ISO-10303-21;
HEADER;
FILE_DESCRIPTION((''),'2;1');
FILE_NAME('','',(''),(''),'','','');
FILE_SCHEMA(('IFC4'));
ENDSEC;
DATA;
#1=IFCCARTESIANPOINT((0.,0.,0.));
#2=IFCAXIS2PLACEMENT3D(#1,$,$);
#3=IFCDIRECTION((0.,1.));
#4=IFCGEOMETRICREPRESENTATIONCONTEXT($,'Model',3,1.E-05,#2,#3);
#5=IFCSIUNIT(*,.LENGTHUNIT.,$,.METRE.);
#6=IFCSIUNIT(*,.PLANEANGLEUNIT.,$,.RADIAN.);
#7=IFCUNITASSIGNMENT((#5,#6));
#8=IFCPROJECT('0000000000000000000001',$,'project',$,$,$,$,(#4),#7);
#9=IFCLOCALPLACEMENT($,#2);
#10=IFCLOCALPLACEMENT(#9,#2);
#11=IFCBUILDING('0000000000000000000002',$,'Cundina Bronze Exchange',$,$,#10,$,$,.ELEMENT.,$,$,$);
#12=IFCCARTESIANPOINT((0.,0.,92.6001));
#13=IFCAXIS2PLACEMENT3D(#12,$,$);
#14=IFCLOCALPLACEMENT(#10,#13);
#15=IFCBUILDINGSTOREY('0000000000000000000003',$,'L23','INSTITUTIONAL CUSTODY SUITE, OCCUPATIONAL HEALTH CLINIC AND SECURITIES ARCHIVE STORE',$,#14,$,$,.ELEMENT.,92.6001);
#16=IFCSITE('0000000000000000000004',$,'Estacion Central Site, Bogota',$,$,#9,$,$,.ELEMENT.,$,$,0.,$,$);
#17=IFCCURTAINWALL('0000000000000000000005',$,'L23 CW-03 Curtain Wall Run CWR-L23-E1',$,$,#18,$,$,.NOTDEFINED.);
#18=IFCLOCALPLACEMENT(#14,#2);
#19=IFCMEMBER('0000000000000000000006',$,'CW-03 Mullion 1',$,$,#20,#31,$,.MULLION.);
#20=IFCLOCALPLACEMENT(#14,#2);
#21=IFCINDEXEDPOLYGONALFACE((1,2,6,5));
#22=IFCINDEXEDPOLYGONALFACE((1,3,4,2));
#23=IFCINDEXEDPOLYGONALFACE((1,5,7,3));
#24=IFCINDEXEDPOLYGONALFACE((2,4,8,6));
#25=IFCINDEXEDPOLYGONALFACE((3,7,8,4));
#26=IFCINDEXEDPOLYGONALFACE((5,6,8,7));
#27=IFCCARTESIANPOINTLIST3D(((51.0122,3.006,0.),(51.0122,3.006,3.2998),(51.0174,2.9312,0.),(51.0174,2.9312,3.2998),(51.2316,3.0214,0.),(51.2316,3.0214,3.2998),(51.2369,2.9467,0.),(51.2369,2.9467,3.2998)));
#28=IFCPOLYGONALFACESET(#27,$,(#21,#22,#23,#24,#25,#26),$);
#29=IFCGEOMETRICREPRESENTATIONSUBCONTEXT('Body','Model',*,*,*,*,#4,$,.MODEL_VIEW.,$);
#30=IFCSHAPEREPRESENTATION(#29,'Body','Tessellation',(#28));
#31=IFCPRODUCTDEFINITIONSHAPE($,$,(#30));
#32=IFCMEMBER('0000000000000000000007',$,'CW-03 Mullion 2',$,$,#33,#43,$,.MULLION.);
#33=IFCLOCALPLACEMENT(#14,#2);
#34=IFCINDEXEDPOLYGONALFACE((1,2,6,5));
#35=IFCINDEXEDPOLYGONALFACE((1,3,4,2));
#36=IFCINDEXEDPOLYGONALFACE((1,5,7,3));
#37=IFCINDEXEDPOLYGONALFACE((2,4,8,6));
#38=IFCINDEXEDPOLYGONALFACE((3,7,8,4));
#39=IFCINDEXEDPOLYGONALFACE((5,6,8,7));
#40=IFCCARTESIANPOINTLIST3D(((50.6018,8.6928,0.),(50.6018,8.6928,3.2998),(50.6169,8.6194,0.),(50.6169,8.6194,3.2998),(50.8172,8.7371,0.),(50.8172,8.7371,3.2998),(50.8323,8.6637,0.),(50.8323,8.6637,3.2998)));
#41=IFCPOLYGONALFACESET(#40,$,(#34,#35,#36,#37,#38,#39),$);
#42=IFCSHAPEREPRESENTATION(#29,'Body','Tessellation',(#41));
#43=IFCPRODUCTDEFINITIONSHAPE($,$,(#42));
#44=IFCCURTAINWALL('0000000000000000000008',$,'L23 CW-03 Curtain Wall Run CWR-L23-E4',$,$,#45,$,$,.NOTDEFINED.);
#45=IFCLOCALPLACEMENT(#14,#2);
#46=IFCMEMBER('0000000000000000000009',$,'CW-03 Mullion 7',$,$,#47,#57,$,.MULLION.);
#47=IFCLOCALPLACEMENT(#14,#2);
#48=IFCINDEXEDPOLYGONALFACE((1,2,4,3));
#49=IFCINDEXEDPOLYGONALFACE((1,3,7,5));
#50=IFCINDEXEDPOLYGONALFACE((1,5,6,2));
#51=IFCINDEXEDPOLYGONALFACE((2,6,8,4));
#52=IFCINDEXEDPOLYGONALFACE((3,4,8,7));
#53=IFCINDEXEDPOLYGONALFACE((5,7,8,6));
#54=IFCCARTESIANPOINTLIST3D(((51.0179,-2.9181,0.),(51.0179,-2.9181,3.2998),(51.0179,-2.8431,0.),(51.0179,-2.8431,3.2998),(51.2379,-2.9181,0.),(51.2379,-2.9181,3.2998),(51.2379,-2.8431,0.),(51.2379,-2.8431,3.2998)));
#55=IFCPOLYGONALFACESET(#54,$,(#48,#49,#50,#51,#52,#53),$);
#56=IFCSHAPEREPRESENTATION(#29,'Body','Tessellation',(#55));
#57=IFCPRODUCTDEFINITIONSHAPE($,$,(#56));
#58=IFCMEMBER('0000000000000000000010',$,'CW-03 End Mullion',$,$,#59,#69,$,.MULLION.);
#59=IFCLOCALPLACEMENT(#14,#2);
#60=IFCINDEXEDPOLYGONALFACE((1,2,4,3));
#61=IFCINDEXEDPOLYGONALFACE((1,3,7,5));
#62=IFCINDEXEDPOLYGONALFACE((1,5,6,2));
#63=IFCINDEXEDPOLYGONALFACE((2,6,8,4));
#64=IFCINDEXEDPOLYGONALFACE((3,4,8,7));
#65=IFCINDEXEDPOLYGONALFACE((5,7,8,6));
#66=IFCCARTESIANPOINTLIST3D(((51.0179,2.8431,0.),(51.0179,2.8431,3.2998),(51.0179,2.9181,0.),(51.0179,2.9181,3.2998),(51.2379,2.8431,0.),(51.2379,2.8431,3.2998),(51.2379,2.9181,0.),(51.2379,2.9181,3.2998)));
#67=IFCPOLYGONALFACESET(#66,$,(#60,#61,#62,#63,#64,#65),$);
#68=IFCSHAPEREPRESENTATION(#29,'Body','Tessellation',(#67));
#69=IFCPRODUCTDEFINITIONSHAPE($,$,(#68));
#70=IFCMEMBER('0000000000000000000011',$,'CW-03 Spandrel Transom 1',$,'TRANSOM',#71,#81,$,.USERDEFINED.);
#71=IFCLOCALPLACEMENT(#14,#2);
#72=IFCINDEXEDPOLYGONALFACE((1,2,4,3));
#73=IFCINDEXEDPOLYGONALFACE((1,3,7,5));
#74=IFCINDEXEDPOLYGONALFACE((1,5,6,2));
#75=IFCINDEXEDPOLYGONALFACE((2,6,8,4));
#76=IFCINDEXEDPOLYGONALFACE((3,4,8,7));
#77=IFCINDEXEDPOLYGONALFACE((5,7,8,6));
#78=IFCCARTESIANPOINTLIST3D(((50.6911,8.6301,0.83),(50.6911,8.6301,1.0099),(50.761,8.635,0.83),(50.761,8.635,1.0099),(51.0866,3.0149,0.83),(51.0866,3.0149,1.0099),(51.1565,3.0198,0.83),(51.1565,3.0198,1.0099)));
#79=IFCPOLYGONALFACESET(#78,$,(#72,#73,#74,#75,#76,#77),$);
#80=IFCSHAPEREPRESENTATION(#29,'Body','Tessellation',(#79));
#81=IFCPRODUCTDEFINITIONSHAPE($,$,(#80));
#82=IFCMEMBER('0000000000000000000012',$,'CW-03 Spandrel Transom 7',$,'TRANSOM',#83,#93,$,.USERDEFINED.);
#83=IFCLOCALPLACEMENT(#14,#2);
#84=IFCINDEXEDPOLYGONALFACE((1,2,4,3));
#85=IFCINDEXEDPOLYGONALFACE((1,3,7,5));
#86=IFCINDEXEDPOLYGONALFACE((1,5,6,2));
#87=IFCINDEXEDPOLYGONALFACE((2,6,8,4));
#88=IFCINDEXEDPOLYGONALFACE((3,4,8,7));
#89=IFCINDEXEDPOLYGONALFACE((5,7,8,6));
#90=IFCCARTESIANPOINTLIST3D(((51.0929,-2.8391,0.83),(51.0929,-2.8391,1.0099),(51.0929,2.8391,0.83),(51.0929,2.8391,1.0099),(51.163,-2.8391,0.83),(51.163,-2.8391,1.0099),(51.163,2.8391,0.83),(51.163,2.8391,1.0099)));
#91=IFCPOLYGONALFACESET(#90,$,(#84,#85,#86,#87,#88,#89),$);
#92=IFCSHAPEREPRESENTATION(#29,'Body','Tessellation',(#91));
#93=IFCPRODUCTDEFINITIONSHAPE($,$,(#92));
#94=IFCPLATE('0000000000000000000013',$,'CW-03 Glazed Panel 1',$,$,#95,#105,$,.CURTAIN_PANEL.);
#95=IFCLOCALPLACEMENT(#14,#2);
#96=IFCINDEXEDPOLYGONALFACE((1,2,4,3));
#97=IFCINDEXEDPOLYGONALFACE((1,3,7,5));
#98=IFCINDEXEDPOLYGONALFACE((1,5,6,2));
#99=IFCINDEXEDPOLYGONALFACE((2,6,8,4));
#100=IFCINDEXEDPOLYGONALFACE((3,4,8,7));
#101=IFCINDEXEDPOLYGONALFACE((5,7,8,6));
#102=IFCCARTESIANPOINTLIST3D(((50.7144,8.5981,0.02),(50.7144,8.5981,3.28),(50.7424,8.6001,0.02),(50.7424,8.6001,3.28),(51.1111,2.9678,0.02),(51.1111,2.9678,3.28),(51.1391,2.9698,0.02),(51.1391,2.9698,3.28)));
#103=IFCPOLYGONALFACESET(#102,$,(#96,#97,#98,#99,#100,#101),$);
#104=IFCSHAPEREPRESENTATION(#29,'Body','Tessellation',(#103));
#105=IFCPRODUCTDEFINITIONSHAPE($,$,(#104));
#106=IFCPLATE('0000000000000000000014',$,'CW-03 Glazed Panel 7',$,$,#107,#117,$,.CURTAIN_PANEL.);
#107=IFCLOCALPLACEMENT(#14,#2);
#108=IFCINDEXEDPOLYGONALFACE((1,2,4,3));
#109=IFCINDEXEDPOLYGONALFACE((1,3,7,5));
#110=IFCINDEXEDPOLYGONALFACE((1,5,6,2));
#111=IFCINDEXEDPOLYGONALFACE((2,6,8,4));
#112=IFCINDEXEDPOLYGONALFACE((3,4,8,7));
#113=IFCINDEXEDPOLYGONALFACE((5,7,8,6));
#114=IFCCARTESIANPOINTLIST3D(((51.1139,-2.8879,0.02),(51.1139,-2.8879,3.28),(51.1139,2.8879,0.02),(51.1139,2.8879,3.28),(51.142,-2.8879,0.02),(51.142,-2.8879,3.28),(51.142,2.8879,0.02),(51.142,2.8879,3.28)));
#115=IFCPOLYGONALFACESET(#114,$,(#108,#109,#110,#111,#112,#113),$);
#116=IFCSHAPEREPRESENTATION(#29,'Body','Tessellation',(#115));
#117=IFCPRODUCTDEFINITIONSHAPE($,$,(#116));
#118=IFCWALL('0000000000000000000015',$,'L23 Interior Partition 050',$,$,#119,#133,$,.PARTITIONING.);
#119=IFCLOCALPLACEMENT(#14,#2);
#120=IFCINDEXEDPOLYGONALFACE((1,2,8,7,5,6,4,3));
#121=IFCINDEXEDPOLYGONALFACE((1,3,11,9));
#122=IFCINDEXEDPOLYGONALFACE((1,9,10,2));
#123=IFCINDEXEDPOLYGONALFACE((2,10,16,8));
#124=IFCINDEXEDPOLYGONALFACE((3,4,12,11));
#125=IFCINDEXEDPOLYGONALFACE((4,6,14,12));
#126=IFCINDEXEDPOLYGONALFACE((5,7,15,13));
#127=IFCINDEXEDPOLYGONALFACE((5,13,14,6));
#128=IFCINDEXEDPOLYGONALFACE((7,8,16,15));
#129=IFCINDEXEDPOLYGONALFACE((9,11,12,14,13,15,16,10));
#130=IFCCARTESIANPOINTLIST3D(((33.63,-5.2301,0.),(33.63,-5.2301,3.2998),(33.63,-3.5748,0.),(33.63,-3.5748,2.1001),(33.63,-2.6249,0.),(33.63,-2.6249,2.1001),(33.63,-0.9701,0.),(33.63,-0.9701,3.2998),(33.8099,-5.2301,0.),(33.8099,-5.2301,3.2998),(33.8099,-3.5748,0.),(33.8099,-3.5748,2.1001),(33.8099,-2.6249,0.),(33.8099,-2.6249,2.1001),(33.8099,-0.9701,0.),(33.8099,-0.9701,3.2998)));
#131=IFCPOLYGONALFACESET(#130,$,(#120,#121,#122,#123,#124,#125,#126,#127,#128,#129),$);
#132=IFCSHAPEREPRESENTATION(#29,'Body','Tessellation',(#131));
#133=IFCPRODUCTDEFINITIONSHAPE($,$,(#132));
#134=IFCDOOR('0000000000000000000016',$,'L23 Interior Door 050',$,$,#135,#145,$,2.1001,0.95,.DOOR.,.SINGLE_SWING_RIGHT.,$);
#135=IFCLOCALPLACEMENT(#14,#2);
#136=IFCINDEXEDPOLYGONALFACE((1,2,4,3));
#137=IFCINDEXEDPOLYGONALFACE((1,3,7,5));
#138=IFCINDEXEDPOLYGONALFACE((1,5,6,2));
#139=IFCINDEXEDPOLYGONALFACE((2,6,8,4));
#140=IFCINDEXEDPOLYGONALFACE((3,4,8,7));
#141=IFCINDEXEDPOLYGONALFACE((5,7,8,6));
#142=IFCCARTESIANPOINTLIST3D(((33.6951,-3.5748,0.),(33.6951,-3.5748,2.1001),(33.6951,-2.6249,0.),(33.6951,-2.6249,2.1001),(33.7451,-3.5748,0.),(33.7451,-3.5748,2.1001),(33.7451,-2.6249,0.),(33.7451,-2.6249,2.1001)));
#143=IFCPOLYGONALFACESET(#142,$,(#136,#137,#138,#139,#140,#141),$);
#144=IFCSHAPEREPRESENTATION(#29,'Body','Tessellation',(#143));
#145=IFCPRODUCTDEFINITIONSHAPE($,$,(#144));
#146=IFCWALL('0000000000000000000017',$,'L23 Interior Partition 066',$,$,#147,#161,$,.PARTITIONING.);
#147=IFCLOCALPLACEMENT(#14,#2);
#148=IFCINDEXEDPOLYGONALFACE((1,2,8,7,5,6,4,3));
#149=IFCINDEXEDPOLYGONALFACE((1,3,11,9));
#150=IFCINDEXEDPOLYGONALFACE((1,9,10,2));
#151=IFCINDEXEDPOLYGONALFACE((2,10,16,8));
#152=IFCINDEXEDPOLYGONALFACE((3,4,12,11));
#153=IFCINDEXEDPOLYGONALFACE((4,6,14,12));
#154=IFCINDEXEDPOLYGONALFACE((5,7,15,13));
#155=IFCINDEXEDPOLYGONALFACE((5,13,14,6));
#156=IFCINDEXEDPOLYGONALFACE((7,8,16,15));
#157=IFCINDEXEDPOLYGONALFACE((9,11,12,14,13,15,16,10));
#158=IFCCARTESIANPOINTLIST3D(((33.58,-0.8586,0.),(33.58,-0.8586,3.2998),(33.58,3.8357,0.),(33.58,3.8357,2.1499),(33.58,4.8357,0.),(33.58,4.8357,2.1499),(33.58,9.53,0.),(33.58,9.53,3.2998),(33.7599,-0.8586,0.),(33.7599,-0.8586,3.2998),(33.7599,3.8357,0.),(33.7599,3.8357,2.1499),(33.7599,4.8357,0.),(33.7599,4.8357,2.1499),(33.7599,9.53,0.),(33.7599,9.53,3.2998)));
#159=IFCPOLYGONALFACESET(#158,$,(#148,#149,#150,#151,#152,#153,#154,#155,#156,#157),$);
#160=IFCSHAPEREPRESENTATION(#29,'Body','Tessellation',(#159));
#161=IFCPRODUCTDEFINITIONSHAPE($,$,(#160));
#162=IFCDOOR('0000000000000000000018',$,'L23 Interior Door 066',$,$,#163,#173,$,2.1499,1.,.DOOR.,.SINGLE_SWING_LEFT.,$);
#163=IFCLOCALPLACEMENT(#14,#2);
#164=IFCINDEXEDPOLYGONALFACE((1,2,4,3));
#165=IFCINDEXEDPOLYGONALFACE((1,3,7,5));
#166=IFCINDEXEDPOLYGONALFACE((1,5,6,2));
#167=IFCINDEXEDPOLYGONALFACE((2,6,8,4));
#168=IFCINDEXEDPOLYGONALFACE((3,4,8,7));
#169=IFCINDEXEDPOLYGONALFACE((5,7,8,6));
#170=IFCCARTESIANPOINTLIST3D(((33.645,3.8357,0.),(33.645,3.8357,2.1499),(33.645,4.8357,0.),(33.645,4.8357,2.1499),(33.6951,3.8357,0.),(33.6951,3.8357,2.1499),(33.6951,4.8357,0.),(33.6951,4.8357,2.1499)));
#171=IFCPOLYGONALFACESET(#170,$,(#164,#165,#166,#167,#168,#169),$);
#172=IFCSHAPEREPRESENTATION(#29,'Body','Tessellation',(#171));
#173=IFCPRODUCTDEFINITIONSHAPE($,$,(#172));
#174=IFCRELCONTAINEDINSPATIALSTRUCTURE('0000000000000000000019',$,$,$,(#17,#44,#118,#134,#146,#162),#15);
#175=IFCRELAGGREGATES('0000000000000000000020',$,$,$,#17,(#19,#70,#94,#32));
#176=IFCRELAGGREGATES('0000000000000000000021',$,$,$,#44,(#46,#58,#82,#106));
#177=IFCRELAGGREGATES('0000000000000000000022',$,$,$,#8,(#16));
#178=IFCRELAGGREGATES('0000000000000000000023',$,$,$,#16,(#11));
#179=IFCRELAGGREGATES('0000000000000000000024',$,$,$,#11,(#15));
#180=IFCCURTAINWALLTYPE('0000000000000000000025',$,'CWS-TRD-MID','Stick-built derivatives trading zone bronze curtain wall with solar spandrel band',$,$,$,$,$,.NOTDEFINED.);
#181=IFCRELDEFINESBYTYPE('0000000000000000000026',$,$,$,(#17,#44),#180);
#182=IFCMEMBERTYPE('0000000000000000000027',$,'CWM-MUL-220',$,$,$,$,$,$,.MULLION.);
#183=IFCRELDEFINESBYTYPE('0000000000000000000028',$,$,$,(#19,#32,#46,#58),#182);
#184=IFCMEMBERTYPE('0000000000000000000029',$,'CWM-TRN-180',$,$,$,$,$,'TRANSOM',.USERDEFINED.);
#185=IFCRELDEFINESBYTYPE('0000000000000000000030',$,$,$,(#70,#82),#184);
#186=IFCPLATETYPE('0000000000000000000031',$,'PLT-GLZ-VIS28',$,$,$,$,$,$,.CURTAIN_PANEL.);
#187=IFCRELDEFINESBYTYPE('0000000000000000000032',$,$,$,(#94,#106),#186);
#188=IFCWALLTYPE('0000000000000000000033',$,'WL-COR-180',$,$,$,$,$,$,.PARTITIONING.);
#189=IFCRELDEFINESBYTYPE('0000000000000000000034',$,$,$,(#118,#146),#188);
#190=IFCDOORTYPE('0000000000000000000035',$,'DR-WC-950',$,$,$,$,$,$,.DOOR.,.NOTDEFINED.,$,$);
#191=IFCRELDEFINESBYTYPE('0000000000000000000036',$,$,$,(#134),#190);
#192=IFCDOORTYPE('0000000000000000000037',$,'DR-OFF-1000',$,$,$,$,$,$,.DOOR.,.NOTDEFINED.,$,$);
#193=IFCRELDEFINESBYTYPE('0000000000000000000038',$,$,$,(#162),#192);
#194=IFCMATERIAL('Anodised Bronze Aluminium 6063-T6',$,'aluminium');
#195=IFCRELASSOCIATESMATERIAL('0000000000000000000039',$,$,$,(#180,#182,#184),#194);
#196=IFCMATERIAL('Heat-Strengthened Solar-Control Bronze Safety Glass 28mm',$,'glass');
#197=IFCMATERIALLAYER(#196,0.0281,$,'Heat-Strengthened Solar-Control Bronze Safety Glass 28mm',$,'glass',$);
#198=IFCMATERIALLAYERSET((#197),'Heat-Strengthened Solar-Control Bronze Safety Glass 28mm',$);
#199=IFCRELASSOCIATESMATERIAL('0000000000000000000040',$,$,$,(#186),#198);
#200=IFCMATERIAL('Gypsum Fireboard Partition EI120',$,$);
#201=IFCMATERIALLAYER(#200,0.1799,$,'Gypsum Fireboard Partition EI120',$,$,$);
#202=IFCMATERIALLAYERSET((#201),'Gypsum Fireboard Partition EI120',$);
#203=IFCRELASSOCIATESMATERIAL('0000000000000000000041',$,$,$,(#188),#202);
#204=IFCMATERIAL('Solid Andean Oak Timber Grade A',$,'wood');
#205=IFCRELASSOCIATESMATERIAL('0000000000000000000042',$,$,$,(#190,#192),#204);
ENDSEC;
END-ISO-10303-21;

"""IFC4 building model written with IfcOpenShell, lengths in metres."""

from ifc_helpers import new_model, si_unit, direction, frame, frame_2d, origin, origin_2d, place, context, subcontext, project, spatial, rectangle, extrude, material, layer, layer_set, material_profile, profile_set, type_object, element, fill, aggregate, save


model = new_model("IFC4")

# Units and contexts
model_context = context("Model", 3, precision=1e-05, world=origin(), true_north=direction((0.0, 1.0)))
body_context = subcontext(model_context, "Body", "Model", "MODEL_VIEW")
ifc_project = project(units=[si_unit("LENGTHUNIT", "METRE"), si_unit("PLANEANGLEUNIT", "RADIAN")], contexts=[model_context])

# Site, building, storey
site_placement = place(None, origin())
site = spatial("IfcSite", under=ifc_project, at=site_placement, Name="Estacion Central Site, Bogota", CompositionType="ELEMENT", RefElevation=0.0)
building_placement = place(site_placement, origin())
building = spatial("IfcBuilding", under=site, at=building_placement, Name="Cundina Bronze Exchange", CompositionType="ELEMENT")
storey_placement = place(building_placement, frame((0.0, 0.0, 92.6001)))
storey = spatial("IfcBuildingStorey", under=building, at=storey_placement, Name="L23", Description="INSTITUTIONAL CUSTODY SUITE, OCCUPATIONAL HEALTH CLINIC AND SECURITIES ARCHIVE STORE", CompositionType="ELEMENT", Elevation=92.6001)

# Curtain walls, members
ifc_material_1 = material(Name="Anodised Bronze Aluminium 6063-T6", Category="aluminium")
curtain_wall_type = type_object("IfcCurtainWallType", Name="CWS-TRD-MID", Description="Stick-built derivatives trading zone bronze curtain wall with solar spandrel band", PredefinedType="NOTDEFINED", material=ifc_material_1)
curtain_wall_1_placement = place(storey_placement, origin())
curtain_wall_1 = element("IfcCurtainWall", 1, at=curtain_wall_1_placement, inside=storey, type_object=curtain_wall_type, Name="L23 CW-03 Curtain Wall Run CWR-L23-E1", PredefinedType="NOTDEFINED")
ifc_material_profile_1 = material_profile(ifc_material_1, rectangle(XDim=0.075, YDim=0.22, at=origin_2d()), Name="AL75X220", Category="aluminium")
ifc_profile_set_1 = profile_set([ifc_material_profile_1], Name="Anodised Bronze Aluminium 6063-T6")
member_type_1 = type_object("IfcMemberType", Name="CWM-MUL-220", PredefinedType="MULLION", material=ifc_profile_set_1)
member_1_placement = place(storey_placement, frame((51.1245, 2.9763, 0.0), z_axis=(0.0, 0.0, 1.0), x_axis=(-0.070279, 0.997527, 0.0)))
member_1 = element("IfcMember", 2, at=member_1_placement, type_object=member_type_1, Name="CW-03 Mullion 1", PredefinedType="MULLION", context=body_context, shape_type="SweptSolid", body=[
    extrude(rectangle(XDim=0.075, YDim=0.22, at=origin_2d()), origin(), (0.0, 0.0, 1.0), 3.2998),
])
member_2_placement = place(storey_placement, frame((50.717, 8.6782, 0.0), z_axis=(0.0, 0.0, 1.0), x_axis=(-0.20142, 0.979505, 0.0)))
member_2 = element("IfcMember", 3, at=member_2_placement, type_object=member_type_1, Name="CW-03 Mullion 2", PredefinedType="MULLION", context=body_context, shape_type="SweptSolid", body=[
    extrude(rectangle(XDim=0.075, YDim=0.22, at=origin_2d()), origin(), (0.0, 0.0, 1.0), 3.2998),
])
curtain_wall_2_placement = place(storey_placement, origin())
curtain_wall_2 = element("IfcCurtainWall", 4, at=curtain_wall_2_placement, inside=storey, type_object=curtain_wall_type, Name="L23 CW-03 Curtain Wall Run CWR-L23-E4", PredefinedType="NOTDEFINED")
member_3_placement = place(storey_placement, frame((51.1279, -2.8806, 0.0), z_axis=(0.0, 0.0, 1.0), x_axis=(0.0, 1.0, 0.0)))
member_3 = element("IfcMember", 5, at=member_3_placement, type_object=member_type_1, Name="CW-03 Mullion 7", PredefinedType="MULLION", context=body_context, shape_type="SweptSolid", body=[
    extrude(rectangle(XDim=0.075, YDim=0.22, at=origin_2d()), origin(), (0.0, 0.0, 1.0), 3.2998),
])
member_4_placement = place(storey_placement, frame((51.1279, 2.8806, 0.0), z_axis=(0.0, 0.0, 1.0), x_axis=(0.0, 1.0, 0.0)))
member_4 = element("IfcMember", 6, at=member_4_placement, type_object=member_type_1, Name="CW-03 End Mullion", PredefinedType="MULLION", context=body_context, shape_type="SweptSolid", body=[
    extrude(rectangle(XDim=0.075, YDim=0.22, at=origin_2d()), origin(), (0.0, 0.0, 1.0), 3.2998),
])

# Members
ifc_material_profile_2 = material_profile(ifc_material_1, rectangle(XDim=0.0701, YDim=0.1799, at=origin_2d()), Name="AL70X180", Category="aluminium")
ifc_profile_set_2 = profile_set([ifc_material_profile_2], Name="Anodised Bronze Aluminium 6063-T6")
member_type_2 = type_object("IfcMemberType", Name="CWM-TRN-180", ElementType="TRANSOM", PredefinedType="USERDEFINED", material=ifc_profile_set_2)
member_5_placement = place(storey_placement, frame((51.1216, 3.0173, 0.9199), z_axis=(-0.070261, 0.997529, 0.0), x_axis=(-0.997529, -0.070261, 0.0)))
member_5 = element("IfcMember", 7, at=member_5_placement, type_object=member_type_2, Name="CW-03 Spandrel Transom 1", ObjectType="TRANSOM", PredefinedType="USERDEFINED", context=body_context, shape_type="SweptSolid", body=[
    extrude(rectangle(XDim=0.0701, YDim=0.1799, at=origin_2d()), origin(), (0.0, 0.0, 1.0), 5.6292),
])
member_6_placement = place(storey_placement, frame((51.1279, -2.8391, 0.9199), z_axis=(0.0, 1.0, 0.0), x_axis=(-1.0, 0.0, 0.0)))
member_6 = element("IfcMember", 8, at=member_6_placement, type_object=member_type_2, Name="CW-03 Spandrel Transom 7", ObjectType="TRANSOM", PredefinedType="USERDEFINED", context=body_context, shape_type="SweptSolid", body=[
    extrude(rectangle(XDim=0.0701, YDim=0.1799, at=origin_2d()), origin(), (0.0, 0.0, 1.0), 5.6782),
])

# Plates
ifc_material_2 = material(Name="Heat-Strengthened Solar-Control Bronze Safety Glass 28mm", Category="glass")
ifc_layer_1 = layer(ifc_material_2, 0.0281, Name="Heat-Strengthened Solar-Control Bronze Safety Glass 28mm", Category="glass")
ifc_layer_set_1 = layer_set([ifc_layer_1], Name="Heat-Strengthened Solar-Control Bronze Safety Glass 28mm")
plate_type = type_object("IfcPlateType", Name="PLT-GLZ-VIS28", PredefinedType="CURTAIN_PANEL", material=ifc_layer_set_1)
plate_1_placement = place(storey_placement, frame((50.9268, 5.7839, 0.02), z_axis=(0.0, 0.0, 1.0), x_axis=(-0.070279, 0.997527, 0.0)))
plate_1 = element("IfcPlate", 9, at=plate_1_placement, type_object=plate_type, Name="CW-03 Glazed Panel 1", PredefinedType="CURTAIN_PANEL", context=body_context, shape_type="SweptSolid", body=[
    extrude(rectangle(XDim=5.6443, YDim=0.0281, at=origin_2d()), origin(), (0.0, 0.0, 1.0), 3.26),
])
aggregate(curtain_wall_1, [member_1, member_5, plate_1, member_2])
plate_2_placement = place(storey_placement, frame((51.1279, 0.0, 0.02), z_axis=(0.0, 0.0, 1.0), x_axis=(0.0, 1.0, 0.0)))
plate_2 = element("IfcPlate", 10, at=plate_2_placement, type_object=plate_type, Name="CW-03 Glazed Panel 7", PredefinedType="CURTAIN_PANEL", context=body_context, shape_type="SweptSolid", body=[
    extrude(rectangle(XDim=5.7759, YDim=0.0281, at=origin_2d()), origin(), (0.0, 0.0, 1.0), 3.26),
])
aggregate(curtain_wall_2, [member_3, member_4, member_6, plate_2])

# Walls, openings, doors
ifc_material_3 = material(Name="Gypsum Fireboard Partition EI120")
ifc_layer_2 = layer(ifc_material_3, 0.1799, Name="Gypsum Fireboard Partition EI120")
ifc_layer_set_2 = layer_set([ifc_layer_2], Name="Gypsum Fireboard Partition EI120")
wall_type_1 = type_object("IfcWallType", Name="WL-COR-180", PredefinedType="PARTITIONING", material=ifc_layer_set_2)
wall_1_placement = place(storey_placement, frame((33.72, -5.23, 0.0), z_axis=(0.0, 0.0, 1.0), x_axis=(0.0, 1.0, 0.0)))
wall_1 = element("IfcWall", 11, at=wall_1_placement, inside=storey, type_object=wall_type_1, Name="L23 Interior Partition 050", PredefinedType="PARTITIONING", context=body_context, shape_type="SweptSolid", body=[
    extrude(rectangle(XDim=4.26, YDim=0.1799, at=frame_2d((2.1299, 0.0))), origin(), (0.0, 0.0, 1.0), 3.2998),
])
opening_1_placement = place(wall_1_placement, frame((1.655, 0.0, 0.0)))
opening_1 = element("IfcOpeningElement", 12, at=opening_1_placement, cuts=wall_1, PredefinedType="OPENING", context=body_context, shape_type="SweptSolid", body=[
    extrude(rectangle(XDim=0.95, YDim=2.1001, at=frame_2d((0.4751, 1.05))), frame((0.0, 0.0999, 0.0), z_axis=(0.0, -1.0, 0.0), x_axis=(1.0, 0.0, 0.0)), (0.0, 0.0, 1.0), 0.2),
])
ifc_material_4 = material(Name="Solid Andean Oak Timber Grade A", Category="wood")
door_type_1 = type_object("IfcDoorType", Name="DR-WC-950", OperationType="NOTDEFINED", PredefinedType="DOOR", material=ifc_material_4)
door_1_placement = place(opening_1_placement, origin())
door_1 = element("IfcDoor", 13, at=door_1_placement, inside=storey, type_object=door_type_1, Name="L23 Interior Door 050", OperationType="SINGLE_SWING_RIGHT", OverallHeight=2.1001, OverallWidth=0.95, PredefinedType="DOOR", context=body_context, shape_type="SweptSolid", body=[
    extrude(rectangle(XDim=0.95, YDim=2.1001, at=frame_2d((0.4751, 1.05))), frame((0.0, 0.0249, 0.0), z_axis=(0.0, -1.0, 0.0), x_axis=(1.0, 0.0, 0.0)), (0.0, 0.0, 1.0), 0.05),
])
fill(opening_1, door_1)
wall_2_placement = place(storey_placement, frame((33.6699, -0.8586, 0.0), z_axis=(0.0, 0.0, 1.0), x_axis=(0.0, 1.0, 0.0)))
wall_2 = element("IfcWall", 14, at=wall_2_placement, inside=storey, type_object=wall_type_1, Name="L23 Interior Partition 066", PredefinedType="PARTITIONING", context=body_context, shape_type="SweptSolid", body=[
    extrude(rectangle(XDim=10.3887, YDim=0.1799, at=frame_2d((5.1943, 0.0))), origin(), (0.0, 0.0, 1.0), 3.2998),
])
opening_2_placement = place(wall_2_placement, frame((4.6943, 0.0, 0.0)))
opening_2 = element("IfcOpeningElement", 15, at=opening_2_placement, cuts=wall_2, PredefinedType="OPENING", context=body_context, shape_type="SweptSolid", body=[
    extrude(rectangle(XDim=1.0, YDim=2.1499, at=frame_2d((0.5, 1.075))), frame((0.0, 0.0999, 0.0), z_axis=(0.0, -1.0, 0.0), x_axis=(1.0, 0.0, 0.0)), (0.0, 0.0, 1.0), 0.2),
])
door_type_2 = type_object("IfcDoorType", Name="DR-OFF-1000", OperationType="NOTDEFINED", PredefinedType="DOOR", material=ifc_material_4)
door_2_placement = place(opening_2_placement, origin())
door_2 = element("IfcDoor", 16, at=door_2_placement, inside=storey, type_object=door_type_2, Name="L23 Interior Door 066", OperationType="SINGLE_SWING_LEFT", OverallHeight=2.1499, OverallWidth=1.0, PredefinedType="DOOR", context=body_context, shape_type="SweptSolid", body=[
    extrude(rectangle(XDim=1.0, YDim=2.1499, at=frame_2d((0.5, 1.075))), frame((0.0, 0.0249, 0.0), z_axis=(0.0, -1.0, 0.0), x_axis=(1.0, 0.0, 0.0)), (0.0, 0.0, 1.0), 0.05),
])
fill(opening_2, door_2)

save(model, "model.ifc")
